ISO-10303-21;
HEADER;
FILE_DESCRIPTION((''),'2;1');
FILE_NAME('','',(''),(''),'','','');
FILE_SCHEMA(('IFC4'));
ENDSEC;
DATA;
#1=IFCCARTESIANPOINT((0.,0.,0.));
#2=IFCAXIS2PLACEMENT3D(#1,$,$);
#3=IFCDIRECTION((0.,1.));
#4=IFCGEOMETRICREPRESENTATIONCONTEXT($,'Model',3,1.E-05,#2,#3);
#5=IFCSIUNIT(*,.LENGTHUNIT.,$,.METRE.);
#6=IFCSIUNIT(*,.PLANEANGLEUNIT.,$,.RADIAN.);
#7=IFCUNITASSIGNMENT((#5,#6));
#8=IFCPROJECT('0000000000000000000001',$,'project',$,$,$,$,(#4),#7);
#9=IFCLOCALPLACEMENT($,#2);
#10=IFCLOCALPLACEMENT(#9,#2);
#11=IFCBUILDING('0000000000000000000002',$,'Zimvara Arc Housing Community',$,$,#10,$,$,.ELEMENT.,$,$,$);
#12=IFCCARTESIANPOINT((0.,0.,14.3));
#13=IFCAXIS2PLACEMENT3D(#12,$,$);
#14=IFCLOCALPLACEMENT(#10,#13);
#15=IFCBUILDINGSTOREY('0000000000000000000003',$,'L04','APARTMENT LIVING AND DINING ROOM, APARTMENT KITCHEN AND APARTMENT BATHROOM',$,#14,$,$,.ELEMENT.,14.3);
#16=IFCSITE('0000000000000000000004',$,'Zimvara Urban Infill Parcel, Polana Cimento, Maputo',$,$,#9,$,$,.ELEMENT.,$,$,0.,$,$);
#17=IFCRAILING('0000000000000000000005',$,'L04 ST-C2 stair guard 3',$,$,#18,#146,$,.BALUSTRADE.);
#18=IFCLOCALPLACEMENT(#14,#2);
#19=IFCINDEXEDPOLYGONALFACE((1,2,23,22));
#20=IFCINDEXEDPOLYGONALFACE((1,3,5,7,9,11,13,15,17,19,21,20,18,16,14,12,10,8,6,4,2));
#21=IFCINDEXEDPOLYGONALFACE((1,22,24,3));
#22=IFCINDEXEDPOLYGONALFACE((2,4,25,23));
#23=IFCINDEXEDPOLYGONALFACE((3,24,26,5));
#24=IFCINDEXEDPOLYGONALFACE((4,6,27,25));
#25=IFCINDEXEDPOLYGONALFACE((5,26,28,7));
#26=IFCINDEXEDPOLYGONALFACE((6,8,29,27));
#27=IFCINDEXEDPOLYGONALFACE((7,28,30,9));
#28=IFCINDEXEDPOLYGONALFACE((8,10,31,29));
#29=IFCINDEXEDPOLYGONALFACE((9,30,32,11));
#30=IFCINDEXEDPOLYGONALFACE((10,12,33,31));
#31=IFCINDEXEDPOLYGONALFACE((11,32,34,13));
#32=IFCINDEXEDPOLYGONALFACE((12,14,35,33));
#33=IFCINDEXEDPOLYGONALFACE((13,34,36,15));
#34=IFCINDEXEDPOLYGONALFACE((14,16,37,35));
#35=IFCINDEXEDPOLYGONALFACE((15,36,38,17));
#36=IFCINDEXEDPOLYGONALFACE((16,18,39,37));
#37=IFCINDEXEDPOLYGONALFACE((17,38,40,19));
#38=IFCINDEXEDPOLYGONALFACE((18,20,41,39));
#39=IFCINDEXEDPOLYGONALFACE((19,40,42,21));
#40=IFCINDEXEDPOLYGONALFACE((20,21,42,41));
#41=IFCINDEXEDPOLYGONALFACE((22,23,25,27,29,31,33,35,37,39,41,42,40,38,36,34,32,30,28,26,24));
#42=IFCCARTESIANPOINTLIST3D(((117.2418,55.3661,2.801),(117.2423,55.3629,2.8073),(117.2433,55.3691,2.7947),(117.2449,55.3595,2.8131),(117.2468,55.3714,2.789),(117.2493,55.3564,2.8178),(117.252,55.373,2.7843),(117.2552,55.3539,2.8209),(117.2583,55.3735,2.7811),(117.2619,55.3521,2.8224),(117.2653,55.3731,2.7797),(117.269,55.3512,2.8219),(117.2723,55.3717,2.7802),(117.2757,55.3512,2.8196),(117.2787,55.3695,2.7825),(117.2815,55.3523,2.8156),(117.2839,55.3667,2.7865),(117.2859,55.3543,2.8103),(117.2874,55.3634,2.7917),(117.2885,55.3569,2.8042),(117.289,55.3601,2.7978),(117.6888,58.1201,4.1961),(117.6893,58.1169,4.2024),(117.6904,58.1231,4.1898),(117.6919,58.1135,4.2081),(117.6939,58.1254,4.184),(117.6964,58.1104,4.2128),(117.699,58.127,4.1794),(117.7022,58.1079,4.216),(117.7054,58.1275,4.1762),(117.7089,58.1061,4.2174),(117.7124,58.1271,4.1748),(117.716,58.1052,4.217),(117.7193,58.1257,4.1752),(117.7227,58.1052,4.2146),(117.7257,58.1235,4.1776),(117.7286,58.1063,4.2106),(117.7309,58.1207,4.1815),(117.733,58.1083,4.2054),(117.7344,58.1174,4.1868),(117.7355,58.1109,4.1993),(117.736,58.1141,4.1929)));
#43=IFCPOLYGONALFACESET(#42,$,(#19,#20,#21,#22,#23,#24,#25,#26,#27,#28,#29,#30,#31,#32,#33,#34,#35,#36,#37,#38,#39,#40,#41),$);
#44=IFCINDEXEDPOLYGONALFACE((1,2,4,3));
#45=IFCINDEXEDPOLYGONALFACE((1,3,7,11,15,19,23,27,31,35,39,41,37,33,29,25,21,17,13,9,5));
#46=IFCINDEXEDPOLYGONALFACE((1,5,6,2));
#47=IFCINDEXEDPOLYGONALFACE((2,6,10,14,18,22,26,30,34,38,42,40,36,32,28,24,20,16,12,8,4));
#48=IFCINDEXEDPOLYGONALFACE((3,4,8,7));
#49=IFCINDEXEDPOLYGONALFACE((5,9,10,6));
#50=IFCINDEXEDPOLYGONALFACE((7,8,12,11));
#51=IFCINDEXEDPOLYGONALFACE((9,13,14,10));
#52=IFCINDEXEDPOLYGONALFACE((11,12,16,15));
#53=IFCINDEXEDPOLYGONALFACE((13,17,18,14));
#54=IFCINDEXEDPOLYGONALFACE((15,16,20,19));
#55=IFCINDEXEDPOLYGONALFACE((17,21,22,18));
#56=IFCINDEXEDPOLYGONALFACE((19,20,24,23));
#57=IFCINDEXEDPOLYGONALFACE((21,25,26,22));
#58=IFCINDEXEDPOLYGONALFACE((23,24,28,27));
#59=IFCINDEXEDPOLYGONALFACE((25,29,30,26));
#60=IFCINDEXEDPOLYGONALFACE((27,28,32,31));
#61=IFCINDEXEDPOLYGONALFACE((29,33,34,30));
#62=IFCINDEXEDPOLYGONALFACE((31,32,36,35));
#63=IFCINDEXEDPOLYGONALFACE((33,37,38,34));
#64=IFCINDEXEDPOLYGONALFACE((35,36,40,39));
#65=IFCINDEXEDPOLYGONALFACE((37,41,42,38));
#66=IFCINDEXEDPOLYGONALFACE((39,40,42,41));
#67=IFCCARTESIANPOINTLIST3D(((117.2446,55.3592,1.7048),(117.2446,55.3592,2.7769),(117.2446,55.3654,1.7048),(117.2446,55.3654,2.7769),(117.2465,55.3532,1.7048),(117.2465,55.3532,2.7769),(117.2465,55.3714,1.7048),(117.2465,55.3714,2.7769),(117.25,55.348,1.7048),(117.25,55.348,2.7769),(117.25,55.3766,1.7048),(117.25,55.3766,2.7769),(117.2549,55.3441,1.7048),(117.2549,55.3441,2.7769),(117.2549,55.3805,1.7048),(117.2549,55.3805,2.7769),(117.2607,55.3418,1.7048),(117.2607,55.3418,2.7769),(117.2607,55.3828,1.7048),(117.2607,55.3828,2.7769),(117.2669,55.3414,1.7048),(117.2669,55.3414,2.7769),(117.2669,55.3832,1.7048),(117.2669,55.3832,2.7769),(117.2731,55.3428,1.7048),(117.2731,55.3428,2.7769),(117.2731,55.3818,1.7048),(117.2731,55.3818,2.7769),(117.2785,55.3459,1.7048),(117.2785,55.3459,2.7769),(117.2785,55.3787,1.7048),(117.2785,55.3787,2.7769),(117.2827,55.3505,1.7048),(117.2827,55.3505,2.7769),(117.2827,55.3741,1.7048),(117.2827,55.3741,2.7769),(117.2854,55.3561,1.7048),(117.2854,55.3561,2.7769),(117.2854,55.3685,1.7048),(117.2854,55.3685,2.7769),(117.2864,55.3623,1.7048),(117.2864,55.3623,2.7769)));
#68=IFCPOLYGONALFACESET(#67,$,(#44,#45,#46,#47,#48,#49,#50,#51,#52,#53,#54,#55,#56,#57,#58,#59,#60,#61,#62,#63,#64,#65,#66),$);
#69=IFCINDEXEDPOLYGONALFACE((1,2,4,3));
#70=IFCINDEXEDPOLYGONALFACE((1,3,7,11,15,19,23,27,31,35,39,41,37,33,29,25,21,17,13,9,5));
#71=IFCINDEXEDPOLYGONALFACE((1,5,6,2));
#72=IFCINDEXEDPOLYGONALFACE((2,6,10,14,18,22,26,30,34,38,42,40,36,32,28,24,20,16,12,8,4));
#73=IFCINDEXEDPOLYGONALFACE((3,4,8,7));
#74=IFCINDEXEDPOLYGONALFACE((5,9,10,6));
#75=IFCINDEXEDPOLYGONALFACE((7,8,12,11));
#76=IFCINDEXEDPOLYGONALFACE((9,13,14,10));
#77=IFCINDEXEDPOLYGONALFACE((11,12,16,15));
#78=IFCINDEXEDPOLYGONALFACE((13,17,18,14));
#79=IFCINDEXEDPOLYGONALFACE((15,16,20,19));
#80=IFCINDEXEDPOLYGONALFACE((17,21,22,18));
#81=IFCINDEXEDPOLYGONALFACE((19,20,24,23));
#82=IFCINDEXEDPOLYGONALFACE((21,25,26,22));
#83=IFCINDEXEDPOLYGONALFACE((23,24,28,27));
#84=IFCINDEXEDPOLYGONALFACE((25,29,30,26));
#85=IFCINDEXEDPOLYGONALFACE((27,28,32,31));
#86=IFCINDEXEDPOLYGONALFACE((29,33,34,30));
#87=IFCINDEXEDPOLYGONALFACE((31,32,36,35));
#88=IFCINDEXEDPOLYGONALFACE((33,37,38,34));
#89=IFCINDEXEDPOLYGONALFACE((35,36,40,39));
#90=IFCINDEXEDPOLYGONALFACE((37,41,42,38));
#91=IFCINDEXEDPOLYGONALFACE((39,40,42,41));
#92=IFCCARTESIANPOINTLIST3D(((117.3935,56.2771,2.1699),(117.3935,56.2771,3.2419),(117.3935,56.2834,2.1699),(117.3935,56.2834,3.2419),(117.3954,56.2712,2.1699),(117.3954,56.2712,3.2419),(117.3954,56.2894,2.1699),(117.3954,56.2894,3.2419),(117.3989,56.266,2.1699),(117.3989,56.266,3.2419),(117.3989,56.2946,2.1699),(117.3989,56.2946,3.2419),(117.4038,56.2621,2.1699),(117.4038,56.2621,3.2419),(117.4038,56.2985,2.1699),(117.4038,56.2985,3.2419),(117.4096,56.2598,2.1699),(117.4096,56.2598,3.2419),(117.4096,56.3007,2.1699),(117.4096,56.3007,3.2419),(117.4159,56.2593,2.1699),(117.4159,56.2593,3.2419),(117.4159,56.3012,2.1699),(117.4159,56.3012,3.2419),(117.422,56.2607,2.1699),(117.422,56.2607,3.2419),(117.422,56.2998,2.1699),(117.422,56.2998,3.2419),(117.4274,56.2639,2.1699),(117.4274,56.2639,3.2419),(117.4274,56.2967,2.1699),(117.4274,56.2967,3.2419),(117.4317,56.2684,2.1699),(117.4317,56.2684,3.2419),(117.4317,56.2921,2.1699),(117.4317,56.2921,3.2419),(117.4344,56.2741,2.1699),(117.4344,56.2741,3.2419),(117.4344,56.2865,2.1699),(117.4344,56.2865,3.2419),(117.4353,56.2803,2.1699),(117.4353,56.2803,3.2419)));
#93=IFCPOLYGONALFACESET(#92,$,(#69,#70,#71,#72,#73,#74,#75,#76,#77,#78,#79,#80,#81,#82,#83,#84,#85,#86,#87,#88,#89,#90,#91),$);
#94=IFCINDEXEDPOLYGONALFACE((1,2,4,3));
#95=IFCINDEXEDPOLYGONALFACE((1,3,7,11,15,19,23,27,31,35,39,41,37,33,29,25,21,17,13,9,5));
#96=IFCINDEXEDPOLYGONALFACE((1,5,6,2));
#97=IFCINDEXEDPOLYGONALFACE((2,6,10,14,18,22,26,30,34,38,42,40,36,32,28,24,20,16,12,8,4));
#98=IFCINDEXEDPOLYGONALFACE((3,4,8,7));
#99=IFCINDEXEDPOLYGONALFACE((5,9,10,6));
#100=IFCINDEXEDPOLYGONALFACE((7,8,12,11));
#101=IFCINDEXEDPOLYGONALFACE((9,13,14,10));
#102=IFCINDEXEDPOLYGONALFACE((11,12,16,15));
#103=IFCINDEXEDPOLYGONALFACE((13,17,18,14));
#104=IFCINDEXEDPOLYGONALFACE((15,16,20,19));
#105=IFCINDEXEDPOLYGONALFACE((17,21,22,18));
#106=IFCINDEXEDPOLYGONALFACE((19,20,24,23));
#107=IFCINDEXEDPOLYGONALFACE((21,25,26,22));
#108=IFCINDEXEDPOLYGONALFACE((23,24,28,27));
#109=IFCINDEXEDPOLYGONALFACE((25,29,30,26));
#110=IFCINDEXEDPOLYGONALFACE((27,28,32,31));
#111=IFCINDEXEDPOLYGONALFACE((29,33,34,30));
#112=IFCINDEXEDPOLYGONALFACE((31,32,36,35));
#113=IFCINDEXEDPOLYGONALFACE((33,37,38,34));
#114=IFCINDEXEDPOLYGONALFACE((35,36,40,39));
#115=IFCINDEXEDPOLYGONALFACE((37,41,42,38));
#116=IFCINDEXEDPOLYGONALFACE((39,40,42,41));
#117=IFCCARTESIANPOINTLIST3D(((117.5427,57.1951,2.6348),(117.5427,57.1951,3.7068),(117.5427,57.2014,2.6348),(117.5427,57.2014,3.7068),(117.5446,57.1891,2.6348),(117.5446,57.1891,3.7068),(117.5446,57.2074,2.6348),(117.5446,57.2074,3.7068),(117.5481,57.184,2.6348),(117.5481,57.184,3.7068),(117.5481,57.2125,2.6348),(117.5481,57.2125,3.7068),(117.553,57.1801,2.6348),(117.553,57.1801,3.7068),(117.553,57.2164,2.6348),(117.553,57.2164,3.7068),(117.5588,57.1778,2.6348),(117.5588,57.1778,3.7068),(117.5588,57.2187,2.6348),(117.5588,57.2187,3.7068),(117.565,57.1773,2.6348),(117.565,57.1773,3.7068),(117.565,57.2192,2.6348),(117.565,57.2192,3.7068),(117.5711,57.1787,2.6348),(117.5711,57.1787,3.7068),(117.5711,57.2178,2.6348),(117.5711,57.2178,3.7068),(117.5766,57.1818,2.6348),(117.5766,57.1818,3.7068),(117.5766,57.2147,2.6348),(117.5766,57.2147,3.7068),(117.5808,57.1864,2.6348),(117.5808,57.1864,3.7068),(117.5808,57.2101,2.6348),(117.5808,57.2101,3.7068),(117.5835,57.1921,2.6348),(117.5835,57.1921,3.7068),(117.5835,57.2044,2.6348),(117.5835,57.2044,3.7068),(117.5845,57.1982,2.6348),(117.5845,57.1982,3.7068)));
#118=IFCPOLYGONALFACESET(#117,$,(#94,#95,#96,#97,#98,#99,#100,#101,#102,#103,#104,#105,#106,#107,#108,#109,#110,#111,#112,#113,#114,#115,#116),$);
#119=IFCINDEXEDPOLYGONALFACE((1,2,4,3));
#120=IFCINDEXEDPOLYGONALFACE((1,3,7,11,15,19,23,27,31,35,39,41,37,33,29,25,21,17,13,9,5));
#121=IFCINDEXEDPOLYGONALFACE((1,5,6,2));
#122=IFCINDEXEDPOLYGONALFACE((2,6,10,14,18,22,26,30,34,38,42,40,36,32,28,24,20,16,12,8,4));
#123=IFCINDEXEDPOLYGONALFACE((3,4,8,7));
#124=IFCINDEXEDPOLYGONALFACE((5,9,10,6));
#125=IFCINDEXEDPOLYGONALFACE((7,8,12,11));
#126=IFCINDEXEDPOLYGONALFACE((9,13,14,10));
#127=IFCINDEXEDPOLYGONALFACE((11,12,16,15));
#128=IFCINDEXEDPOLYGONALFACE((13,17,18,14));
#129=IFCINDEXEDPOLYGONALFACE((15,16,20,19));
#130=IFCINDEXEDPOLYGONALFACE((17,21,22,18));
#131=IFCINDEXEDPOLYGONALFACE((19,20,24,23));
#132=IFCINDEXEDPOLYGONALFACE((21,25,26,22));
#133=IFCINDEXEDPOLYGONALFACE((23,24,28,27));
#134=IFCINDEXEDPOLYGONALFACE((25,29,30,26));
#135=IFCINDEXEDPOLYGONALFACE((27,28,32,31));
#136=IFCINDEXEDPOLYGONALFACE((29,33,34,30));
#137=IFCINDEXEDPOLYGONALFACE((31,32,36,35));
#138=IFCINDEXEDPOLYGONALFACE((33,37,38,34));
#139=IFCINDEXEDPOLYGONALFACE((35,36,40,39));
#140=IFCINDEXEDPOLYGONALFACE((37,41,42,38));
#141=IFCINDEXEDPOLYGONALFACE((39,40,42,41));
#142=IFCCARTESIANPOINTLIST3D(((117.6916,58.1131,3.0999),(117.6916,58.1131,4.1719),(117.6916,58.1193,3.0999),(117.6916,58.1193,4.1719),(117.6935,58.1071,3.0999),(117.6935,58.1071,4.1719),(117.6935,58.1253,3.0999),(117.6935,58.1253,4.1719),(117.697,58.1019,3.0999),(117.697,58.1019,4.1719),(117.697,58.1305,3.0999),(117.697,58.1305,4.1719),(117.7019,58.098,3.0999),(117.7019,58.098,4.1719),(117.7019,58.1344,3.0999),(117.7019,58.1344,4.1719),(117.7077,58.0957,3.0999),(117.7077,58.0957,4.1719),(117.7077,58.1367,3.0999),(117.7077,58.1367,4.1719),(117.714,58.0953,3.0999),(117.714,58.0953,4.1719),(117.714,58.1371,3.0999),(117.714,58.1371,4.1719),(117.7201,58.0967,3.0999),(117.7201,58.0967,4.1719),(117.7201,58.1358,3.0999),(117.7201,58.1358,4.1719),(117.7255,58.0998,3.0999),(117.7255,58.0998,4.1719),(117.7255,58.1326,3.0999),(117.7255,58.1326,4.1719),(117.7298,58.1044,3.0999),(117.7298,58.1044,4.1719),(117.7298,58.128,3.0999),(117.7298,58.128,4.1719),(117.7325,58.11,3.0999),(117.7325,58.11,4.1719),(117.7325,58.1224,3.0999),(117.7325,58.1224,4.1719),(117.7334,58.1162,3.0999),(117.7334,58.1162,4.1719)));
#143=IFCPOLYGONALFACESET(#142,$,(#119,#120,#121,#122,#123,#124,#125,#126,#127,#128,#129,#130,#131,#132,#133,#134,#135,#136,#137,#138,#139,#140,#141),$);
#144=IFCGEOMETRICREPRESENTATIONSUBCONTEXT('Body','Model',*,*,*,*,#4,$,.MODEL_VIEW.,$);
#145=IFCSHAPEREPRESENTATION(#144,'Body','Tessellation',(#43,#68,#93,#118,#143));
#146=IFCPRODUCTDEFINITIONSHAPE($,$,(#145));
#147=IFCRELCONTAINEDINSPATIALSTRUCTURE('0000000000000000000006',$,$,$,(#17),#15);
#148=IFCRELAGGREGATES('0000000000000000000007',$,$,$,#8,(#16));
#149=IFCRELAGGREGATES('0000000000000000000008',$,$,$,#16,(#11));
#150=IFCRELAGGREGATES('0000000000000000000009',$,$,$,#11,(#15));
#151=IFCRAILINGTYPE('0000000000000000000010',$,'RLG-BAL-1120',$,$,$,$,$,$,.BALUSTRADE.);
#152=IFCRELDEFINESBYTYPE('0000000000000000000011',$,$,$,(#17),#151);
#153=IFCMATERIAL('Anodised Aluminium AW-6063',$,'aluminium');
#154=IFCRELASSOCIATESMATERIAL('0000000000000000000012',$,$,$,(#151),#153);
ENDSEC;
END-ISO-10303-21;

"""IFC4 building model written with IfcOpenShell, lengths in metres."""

from ifc_helpers import new_model, si_unit, direction, frame, origin, origin_2d, place, context, subcontext, project, spatial, circle, extrude, material, type_object, element, save


model = new_model("IFC4")

# Units and contexts
model_context = context("Model", 3, precision=1e-05, world=origin(), true_north=direction((0.0, 1.0)))
body_context = subcontext(model_context, "Body", "Model", "MODEL_VIEW")
ifc_project = project(units=[si_unit("LENGTHUNIT", "METRE"), si_unit("PLANEANGLEUNIT", "RADIAN")], contexts=[model_context])

# Site, building, storey
site_placement = place(None, origin())
site = spatial("IfcSite", under=ifc_project, at=site_placement, Name="Zimvara Urban Infill Parcel, Polana Cimento, Maputo", CompositionType="ELEMENT", RefElevation=0.0)
building_placement = place(site_placement, origin())
building = spatial("IfcBuilding", under=site, at=building_placement, Name="Zimvara Arc Housing Community", CompositionType="ELEMENT")
storey_placement = place(building_placement, frame((0.0, 0.0, 14.3)))
storey = spatial("IfcBuildingStorey", under=building, at=storey_placement, Name="L04", Description="APARTMENT LIVING AND DINING ROOM, APARTMENT KITCHEN AND APARTMENT BATHROOM", CompositionType="ELEMENT", Elevation=14.3)

# Railing
ifc_material_1 = material(Name="Anodised Aluminium AW-6063", Category="aluminium")
railing_type_1 = type_object("IfcRailingType", Name="RLG-BAL-1120", PredefinedType="BALUSTRADE", material=ifc_material_1)
railing_1_placement = place(storey_placement, frame((117.2654, 55.3623, 1.7048)))
element("IfcRailing", 1, at=railing_1_placement, inside=storey, type_object=railing_type_1, Name="L04 ST-C2 stair guard 3", PredefinedType="BALUSTRADE", context=body_context, shape_type="SweptSolid", body=[
    extrude(circle(Radius=0.0239, at=origin_2d()), frame((0.0, 0.0, 1.0962), z_axis=(0.143309, 0.882866, 0.447225), x_axis=(-0.98708, 0.160226, 0.0)), (0.0, 0.0, 1.0), 3.1194),
    extrude(circle(Radius=0.021, at=origin_2d()), origin(), (0.0, 0.0, 1.0), 1.072),
    extrude(circle(Radius=0.021, at=origin_2d()), frame((0.1489, 0.918, 0.4651)), (0.0, 0.0, 1.0), 1.072),
    extrude(circle(Radius=0.021, at=origin_2d()), frame((0.2981, 1.8359, 0.9299)), (0.0, 0.0, 1.0), 1.072),
    extrude(circle(Radius=0.021, at=origin_2d()), frame((0.447, 2.7539, 1.395)), (0.0, 0.0, 1.0), 1.072),
])

save(model, "model.ifc")
